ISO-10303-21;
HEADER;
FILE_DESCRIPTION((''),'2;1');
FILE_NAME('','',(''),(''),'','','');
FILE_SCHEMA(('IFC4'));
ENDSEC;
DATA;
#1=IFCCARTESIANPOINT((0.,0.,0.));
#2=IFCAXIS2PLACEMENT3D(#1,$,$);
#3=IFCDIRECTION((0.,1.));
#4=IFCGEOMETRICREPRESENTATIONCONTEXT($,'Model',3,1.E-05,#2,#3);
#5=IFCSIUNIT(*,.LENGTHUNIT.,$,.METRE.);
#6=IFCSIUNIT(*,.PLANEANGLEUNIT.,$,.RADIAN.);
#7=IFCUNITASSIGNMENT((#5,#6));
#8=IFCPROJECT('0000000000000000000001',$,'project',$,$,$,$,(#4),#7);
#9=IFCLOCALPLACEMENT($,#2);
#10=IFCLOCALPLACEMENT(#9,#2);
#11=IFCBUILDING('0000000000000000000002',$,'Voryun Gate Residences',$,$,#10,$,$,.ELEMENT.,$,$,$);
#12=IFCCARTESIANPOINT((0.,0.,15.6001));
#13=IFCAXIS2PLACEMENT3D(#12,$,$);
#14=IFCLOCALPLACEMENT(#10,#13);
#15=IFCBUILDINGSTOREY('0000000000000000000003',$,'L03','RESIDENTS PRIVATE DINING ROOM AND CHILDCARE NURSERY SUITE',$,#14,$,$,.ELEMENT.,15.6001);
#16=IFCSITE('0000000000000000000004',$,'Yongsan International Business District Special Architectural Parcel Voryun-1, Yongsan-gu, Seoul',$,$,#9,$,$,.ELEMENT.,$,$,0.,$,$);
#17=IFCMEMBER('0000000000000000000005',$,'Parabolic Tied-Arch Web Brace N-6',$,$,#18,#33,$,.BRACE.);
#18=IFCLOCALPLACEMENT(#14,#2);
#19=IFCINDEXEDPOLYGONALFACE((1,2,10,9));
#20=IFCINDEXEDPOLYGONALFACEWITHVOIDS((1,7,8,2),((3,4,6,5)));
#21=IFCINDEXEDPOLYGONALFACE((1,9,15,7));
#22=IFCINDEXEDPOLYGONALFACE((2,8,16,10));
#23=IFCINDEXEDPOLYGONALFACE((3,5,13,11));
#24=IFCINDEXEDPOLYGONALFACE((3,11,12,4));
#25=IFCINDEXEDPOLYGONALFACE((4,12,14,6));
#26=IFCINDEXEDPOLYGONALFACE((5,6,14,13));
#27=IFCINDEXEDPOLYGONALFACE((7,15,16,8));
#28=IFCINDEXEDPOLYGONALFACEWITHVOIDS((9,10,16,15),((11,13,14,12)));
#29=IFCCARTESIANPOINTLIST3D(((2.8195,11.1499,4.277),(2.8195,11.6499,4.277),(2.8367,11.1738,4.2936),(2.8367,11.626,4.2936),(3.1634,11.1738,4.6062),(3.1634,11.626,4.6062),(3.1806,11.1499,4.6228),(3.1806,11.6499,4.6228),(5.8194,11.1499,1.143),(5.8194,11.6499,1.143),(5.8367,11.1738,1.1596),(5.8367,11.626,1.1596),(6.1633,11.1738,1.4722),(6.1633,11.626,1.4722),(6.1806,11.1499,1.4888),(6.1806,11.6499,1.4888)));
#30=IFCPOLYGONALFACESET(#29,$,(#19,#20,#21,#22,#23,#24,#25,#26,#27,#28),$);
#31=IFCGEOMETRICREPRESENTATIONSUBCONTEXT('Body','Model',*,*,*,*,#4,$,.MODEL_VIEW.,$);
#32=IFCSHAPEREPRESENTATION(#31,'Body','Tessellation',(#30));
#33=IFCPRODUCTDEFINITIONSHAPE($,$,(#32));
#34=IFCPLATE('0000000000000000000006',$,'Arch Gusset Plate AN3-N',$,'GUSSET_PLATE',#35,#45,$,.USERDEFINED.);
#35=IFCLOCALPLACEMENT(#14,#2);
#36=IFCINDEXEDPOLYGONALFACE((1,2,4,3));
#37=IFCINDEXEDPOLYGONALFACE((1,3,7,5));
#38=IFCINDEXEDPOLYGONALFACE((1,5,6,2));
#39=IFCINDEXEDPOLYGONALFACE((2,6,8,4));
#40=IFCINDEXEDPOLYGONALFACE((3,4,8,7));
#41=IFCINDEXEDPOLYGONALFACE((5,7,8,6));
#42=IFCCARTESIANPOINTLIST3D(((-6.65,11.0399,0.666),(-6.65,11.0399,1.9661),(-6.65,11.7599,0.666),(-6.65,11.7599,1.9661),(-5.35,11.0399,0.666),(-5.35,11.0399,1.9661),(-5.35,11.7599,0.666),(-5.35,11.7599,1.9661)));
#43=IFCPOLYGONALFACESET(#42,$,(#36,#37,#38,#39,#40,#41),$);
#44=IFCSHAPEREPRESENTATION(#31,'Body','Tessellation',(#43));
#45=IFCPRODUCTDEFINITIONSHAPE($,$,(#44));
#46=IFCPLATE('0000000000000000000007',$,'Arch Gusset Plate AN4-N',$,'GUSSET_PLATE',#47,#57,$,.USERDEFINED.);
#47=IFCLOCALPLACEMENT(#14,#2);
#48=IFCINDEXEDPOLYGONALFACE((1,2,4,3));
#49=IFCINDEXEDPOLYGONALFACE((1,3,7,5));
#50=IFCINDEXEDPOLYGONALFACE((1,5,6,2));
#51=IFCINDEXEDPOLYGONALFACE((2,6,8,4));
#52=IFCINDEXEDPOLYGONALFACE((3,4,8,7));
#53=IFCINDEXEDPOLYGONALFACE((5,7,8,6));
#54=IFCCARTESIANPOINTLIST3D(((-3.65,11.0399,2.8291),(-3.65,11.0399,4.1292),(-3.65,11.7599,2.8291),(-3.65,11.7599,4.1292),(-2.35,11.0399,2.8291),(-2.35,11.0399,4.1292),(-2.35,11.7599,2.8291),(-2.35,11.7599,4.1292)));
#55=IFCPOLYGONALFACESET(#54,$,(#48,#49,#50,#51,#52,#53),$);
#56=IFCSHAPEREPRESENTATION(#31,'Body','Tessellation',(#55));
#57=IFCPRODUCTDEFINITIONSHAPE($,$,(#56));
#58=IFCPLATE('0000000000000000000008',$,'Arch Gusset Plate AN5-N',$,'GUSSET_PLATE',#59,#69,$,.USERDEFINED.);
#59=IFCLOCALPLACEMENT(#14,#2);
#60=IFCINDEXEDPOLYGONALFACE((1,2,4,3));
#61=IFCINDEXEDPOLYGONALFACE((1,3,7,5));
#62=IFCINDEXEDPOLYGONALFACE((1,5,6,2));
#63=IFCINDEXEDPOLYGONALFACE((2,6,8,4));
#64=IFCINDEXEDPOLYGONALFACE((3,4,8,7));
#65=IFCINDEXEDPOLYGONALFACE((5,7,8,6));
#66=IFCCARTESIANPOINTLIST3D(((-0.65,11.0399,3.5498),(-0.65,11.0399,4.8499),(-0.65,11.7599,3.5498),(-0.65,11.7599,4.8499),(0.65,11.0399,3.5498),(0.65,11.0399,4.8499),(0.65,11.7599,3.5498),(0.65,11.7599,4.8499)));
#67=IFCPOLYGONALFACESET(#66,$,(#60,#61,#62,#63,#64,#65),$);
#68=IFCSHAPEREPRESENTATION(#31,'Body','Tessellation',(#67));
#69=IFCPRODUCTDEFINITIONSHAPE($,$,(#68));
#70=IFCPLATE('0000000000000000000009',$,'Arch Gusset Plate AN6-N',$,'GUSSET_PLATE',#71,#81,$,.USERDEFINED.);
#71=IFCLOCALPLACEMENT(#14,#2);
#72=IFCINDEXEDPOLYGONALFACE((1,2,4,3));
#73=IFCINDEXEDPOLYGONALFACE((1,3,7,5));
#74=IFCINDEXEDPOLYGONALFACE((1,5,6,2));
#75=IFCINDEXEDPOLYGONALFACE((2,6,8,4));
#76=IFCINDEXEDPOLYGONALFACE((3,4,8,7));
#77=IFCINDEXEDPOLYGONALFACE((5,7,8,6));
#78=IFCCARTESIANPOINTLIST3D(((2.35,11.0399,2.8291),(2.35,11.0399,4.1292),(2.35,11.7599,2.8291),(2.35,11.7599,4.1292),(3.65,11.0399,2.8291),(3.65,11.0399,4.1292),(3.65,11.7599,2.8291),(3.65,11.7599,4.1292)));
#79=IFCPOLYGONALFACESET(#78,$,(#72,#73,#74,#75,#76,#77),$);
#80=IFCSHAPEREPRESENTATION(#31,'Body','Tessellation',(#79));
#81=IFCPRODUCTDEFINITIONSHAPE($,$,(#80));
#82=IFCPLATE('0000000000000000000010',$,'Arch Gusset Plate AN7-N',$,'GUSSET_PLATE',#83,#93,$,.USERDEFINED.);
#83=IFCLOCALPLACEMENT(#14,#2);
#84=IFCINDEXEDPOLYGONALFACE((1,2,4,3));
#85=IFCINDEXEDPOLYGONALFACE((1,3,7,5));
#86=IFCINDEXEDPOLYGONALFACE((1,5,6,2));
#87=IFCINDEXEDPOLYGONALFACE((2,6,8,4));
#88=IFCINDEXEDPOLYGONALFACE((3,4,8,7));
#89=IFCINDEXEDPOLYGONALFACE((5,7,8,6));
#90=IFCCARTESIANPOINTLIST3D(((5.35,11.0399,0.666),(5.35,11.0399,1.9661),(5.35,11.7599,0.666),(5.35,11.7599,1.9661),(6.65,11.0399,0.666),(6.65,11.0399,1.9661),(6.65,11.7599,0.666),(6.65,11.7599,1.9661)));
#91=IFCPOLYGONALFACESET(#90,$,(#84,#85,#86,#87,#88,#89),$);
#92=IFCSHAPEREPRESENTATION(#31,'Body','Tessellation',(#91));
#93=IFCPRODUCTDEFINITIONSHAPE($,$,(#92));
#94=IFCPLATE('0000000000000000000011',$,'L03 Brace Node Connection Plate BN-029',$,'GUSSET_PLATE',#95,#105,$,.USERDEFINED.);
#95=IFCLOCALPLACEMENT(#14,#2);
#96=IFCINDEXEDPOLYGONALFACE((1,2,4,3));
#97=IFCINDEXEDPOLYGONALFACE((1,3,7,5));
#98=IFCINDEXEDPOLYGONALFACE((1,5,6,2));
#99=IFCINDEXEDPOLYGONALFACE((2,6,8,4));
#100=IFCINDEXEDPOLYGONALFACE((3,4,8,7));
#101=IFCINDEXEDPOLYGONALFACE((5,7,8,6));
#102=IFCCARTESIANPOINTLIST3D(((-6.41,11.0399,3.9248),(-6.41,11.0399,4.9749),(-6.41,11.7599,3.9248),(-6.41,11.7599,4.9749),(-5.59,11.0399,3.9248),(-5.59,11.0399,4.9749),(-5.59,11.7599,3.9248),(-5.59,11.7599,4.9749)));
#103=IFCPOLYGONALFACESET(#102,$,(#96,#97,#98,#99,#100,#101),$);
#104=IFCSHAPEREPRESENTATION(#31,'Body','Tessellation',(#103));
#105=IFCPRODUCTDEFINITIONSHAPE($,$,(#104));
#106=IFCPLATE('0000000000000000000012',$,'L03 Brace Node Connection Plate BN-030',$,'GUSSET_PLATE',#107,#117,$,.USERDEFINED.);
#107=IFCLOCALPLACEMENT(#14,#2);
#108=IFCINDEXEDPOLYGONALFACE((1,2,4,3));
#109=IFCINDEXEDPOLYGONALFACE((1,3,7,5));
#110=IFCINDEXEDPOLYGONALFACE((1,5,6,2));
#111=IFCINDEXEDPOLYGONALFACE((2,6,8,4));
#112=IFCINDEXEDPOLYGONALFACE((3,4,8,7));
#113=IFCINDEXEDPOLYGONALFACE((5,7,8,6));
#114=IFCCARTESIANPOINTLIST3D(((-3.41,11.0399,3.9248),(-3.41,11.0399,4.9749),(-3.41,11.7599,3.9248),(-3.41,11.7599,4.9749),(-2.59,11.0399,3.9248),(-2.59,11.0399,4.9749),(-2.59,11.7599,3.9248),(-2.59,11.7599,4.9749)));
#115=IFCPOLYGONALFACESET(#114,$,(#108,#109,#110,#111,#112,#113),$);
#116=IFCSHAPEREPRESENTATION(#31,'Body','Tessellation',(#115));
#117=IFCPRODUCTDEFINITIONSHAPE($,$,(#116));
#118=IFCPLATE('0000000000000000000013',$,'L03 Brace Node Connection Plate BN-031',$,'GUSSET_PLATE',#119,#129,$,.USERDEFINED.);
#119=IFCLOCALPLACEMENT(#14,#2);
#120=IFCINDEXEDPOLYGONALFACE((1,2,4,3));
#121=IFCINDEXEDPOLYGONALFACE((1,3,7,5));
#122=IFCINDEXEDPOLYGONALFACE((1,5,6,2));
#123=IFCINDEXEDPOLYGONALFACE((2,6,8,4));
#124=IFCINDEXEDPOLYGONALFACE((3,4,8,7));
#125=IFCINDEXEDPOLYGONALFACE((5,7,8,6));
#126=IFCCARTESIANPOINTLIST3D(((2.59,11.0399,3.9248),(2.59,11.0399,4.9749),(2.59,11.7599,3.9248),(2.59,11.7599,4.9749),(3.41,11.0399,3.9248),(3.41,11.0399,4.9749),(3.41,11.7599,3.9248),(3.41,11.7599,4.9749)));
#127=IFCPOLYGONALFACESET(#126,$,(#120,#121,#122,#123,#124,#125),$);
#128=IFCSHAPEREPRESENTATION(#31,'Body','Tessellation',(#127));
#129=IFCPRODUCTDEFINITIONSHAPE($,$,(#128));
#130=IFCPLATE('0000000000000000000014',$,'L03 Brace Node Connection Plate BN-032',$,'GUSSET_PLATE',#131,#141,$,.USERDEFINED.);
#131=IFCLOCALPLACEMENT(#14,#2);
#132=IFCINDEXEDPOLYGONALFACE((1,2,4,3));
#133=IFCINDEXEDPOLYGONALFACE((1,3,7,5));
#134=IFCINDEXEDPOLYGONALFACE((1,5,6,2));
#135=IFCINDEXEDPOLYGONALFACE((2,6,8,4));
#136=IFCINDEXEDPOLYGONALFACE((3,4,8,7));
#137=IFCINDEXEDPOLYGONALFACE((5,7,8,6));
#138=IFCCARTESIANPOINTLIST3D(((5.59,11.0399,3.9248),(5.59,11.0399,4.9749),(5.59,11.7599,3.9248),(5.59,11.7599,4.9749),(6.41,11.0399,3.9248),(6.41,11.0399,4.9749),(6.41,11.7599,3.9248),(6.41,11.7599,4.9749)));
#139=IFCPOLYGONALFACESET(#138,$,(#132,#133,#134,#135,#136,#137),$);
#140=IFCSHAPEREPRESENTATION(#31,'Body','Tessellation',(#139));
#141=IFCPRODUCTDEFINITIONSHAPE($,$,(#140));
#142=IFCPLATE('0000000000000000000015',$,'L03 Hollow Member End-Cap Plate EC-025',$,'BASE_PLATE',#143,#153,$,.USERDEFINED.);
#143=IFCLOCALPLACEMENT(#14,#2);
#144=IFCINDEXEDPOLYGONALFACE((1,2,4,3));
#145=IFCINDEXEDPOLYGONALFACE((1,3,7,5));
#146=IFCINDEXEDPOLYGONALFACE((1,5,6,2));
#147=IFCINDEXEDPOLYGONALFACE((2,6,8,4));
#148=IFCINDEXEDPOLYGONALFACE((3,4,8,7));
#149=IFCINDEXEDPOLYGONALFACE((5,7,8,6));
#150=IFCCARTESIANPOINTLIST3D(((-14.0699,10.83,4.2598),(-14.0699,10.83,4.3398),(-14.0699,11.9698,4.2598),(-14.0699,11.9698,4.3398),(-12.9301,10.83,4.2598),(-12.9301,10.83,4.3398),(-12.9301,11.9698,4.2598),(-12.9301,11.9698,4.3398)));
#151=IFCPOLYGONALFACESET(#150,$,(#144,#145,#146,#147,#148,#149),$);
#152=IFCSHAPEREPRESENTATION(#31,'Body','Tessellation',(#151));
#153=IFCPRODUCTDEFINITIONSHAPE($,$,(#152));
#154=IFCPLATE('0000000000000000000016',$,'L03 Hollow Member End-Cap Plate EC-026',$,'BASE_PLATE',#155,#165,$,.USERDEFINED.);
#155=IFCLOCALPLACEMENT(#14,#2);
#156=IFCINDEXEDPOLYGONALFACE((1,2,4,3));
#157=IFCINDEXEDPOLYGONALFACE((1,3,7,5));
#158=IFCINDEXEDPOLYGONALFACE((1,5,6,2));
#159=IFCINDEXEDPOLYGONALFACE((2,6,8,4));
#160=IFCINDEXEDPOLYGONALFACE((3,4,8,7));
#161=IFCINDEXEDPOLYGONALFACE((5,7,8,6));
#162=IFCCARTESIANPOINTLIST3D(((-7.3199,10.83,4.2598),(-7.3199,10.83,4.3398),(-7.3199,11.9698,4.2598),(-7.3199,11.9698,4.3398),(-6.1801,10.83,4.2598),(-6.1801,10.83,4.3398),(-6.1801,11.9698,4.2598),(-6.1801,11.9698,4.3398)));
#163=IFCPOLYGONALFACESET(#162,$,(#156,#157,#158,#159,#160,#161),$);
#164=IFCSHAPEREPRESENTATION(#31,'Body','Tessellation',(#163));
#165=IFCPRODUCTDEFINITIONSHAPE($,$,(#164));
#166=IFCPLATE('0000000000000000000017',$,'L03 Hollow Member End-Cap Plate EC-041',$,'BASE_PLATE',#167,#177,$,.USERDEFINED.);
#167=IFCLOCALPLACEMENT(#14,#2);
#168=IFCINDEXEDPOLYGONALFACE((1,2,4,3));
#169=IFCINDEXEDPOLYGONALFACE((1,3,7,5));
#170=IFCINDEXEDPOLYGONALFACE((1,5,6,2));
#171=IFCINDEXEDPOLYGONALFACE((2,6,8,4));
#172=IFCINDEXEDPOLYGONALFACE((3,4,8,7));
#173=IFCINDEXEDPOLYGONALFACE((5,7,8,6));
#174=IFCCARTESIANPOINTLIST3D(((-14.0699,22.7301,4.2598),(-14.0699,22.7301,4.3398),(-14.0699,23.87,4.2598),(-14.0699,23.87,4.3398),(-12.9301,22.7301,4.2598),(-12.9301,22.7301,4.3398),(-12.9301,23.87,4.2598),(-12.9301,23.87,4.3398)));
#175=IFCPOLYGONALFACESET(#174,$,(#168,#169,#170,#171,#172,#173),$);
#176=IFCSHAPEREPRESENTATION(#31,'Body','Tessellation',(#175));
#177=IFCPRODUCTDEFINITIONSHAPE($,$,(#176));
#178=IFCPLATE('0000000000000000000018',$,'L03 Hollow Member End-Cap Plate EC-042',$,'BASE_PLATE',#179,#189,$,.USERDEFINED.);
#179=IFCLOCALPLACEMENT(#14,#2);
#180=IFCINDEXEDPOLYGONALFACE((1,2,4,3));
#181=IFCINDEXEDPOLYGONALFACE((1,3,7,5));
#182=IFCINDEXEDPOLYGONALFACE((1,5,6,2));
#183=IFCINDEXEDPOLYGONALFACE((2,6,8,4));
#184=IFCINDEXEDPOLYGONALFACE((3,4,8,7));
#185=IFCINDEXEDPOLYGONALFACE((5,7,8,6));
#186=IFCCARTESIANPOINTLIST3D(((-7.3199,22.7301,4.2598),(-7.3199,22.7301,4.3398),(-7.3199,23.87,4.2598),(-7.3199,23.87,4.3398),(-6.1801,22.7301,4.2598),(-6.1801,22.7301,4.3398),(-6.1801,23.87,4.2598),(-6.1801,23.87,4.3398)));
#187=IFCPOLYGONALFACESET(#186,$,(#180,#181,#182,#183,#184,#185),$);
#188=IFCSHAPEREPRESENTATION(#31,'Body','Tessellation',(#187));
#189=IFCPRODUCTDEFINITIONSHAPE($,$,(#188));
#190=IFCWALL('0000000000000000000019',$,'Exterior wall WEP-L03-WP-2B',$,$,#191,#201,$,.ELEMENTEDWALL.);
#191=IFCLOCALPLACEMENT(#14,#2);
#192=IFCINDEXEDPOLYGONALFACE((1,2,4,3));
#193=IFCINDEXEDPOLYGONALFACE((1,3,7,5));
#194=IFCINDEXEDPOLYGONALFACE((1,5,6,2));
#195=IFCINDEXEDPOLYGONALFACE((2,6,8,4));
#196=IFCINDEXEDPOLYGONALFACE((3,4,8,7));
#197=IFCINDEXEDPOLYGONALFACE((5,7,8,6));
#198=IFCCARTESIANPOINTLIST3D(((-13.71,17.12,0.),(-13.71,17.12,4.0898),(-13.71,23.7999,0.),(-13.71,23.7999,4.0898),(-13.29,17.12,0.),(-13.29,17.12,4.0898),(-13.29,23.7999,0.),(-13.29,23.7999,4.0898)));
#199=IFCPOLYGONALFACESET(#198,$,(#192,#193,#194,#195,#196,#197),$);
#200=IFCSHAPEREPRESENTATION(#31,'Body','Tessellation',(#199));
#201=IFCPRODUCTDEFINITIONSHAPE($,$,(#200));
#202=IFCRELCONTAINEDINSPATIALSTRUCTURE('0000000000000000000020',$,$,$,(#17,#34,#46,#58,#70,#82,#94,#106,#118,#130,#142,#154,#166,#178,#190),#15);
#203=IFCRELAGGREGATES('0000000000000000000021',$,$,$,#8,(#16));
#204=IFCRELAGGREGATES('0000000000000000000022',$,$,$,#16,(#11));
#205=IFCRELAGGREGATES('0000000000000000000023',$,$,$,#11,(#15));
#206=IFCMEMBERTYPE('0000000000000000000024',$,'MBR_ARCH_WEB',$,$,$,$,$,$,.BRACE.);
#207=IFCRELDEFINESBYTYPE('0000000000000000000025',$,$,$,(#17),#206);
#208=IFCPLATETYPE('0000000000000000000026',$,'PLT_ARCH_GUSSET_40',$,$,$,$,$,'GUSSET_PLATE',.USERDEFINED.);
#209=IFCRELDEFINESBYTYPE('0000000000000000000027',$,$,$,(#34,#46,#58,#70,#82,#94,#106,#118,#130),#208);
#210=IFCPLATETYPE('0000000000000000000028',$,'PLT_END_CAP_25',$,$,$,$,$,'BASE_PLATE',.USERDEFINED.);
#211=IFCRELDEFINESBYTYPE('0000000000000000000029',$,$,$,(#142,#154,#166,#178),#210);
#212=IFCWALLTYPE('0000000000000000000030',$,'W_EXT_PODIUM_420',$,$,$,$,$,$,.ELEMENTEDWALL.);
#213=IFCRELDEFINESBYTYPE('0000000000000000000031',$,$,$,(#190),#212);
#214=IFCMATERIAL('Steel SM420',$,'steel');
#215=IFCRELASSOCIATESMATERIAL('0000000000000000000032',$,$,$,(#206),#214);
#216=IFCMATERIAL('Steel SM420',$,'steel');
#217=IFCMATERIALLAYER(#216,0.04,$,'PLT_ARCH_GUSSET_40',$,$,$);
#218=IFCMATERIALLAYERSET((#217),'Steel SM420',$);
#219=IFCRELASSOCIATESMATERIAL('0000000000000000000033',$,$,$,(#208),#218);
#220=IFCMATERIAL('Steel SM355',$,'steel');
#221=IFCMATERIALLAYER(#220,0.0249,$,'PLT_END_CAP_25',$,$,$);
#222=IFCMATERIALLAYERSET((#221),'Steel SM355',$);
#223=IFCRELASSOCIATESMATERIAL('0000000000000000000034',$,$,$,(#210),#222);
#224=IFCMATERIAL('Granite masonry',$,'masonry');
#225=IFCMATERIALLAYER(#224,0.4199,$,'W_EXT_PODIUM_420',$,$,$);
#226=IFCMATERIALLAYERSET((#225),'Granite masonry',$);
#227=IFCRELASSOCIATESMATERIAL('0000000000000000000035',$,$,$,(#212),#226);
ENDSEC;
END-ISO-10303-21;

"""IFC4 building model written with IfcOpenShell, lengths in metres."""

from ifc_helpers import new_model, si_unit, direction, frame, frame_2d, origin, origin_2d, place, context, subcontext, project, spatial, rectangle, hollow_rectangle, extrude, material, layer, layer_set, material_profile, profile_set, type_object, element, save


model = new_model("IFC4")

# Units and contexts
model_context = context("Model", 3, precision=1e-05, world=origin(), true_north=direction((0.0, 1.0)))
body_context = subcontext(model_context, "Body", "Model", "MODEL_VIEW")
ifc_project = project(units=[si_unit("LENGTHUNIT", "METRE"), si_unit("PLANEANGLEUNIT", "RADIAN")], contexts=[model_context])

# Site, building, storey
site_placement = place(None, origin())
site = spatial("IfcSite", under=ifc_project, at=site_placement, Name="Yongsan International Business District Special Architectural Parcel Voryun-1, Yongsan-gu, Seoul", CompositionType="ELEMENT", RefElevation=0.0)
building_placement = place(site_placement, origin())
building = spatial("IfcBuilding", under=site, at=building_placement, Name="Voryun Gate Residences", CompositionType="ELEMENT")
storey_placement = place(building_placement, frame((0.0, 0.0, 15.6001)))
storey = spatial("IfcBuildingStorey", under=building, at=storey_placement, Name="L03", Description="RESIDENTS PRIVATE DINING ROOM AND CHILDCARE NURSERY SUITE", CompositionType="ELEMENT", Elevation=15.6001)

# Member
ifc_material_1 = material(Name="Steel SM420", Category="steel")
ifc_material_profile_1 = material_profile(ifc_material_1, hollow_rectangle(XDim=0.5, YDim=0.5, WallThickness=0.0239, at=origin_2d()), Name="BOX-500x500x24")
ifc_profile_set_1 = profile_set([ifc_material_profile_1], Name="Steel SM420")
member_type = type_object("IfcMemberType", Name="MBR_ARCH_WEB", PredefinedType="BRACE", material=ifc_profile_set_1)
member_1_placement = place(storey_placement, frame((6.0, 11.3999, 1.3159), z_axis=(-0.691491, 0.0, 0.722385), x_axis=(0.0, -1.0, 0.0)))
element("IfcMember", 1, at=member_1_placement, inside=storey, type_object=member_type, Name="Parabolic Tied-Arch Web Brace N-6", PredefinedType="BRACE", context=body_context, shape_type="SweptSolid", body=[
    extrude(hollow_rectangle(XDim=0.5, YDim=0.5, WallThickness=0.0239, at=origin_2d()), origin(), (0.0, 0.0, 1.0), 4.3384),
])

# Plates
ifc_material_2 = material(Name="Steel SM420", Category="steel")
ifc_layer_1 = layer(ifc_material_2, 0.04, Name="PLT_ARCH_GUSSET_40")
ifc_layer_set_1 = layer_set([ifc_layer_1], Name="Steel SM420")
plate_type_1 = type_object("IfcPlateType", Name="PLT_ARCH_GUSSET_40", ElementType="GUSSET_PLATE", PredefinedType="USERDEFINED", material=ifc_layer_set_1)
for number, where, z_axis, x_axis, name in (
    (2, (-6.0, 11.3999, 0.666), (0.0, 0.0, 1.0), (1.0, 0.0, 0.0), "Arch Gusset Plate AN3-N"),
    (3, (-3.0, 11.3999, 2.8291), (0.0, 0.0, 1.0), (1.0, 0.0, 0.0), "Arch Gusset Plate AN4-N"),
    (4, (0.0, 11.3999, 3.5498), (0.0, 0.0, 1.0), (1.0, 0.0, 0.0), "Arch Gusset Plate AN5-N"),
    (5, (3.0, 11.3999, 2.8291), (0.0, 0.0, 1.0), (1.0, 0.0, 0.0), "Arch Gusset Plate AN6-N"),
    (6, (6.0, 11.3999, 0.666), (0.0, 0.0, 1.0), (1.0, 0.0, 0.0), "Arch Gusset Plate AN7-N"),
):
    element("IfcPlate", number, at=place(storey_placement, frame(where, z_axis=z_axis, x_axis=x_axis)), inside=storey, type_object=plate_type_1, Name=name, ObjectType="GUSSET_PLATE", PredefinedType="USERDEFINED", context=body_context, shape_type="SweptSolid", body=[
        extrude(rectangle(XDim=1.3, YDim=0.72, at=origin_2d()), origin(), (0.0, 0.0, 1.0), 1.3),
    ])
for number, where, z_axis, x_axis, name in (
    (7, (-6.0, 11.3999, 3.9248), (0.0, 0.0, 1.0), (1.0, 0.0, 0.0), "L03 Brace Node Connection Plate BN-029"),
    (8, (-3.0, 11.3999, 3.9248), (0.0, 0.0, 1.0), (1.0, 0.0, 0.0), "L03 Brace Node Connection Plate BN-030"),
    (9, (3.0, 11.3999, 3.9248), (0.0, 0.0, 1.0), (1.0, 0.0, 0.0), "L03 Brace Node Connection Plate BN-031"),
    (10, (6.0, 11.3999, 3.9248), (0.0, 0.0, 1.0), (1.0, 0.0, 0.0), "L03 Brace Node Connection Plate BN-032"),
):
    element("IfcPlate", number, at=place(storey_placement, frame(where, z_axis=z_axis, x_axis=x_axis)), inside=storey, type_object=plate_type_1, Name=name, ObjectType="GUSSET_PLATE", PredefinedType="USERDEFINED", context=body_context, shape_type="SweptSolid", body=[
        extrude(rectangle(XDim=0.8201, YDim=0.72, at=origin_2d()), origin(), (0.0, 0.0, 1.0), 1.05),
    ])
ifc_material_3 = material(Name="Steel SM355", Category="steel")
ifc_layer_2 = layer(ifc_material_3, 0.0249, Name="PLT_END_CAP_25")
ifc_layer_set_2 = layer_set([ifc_layer_2], Name="Steel SM355")
plate_type_2 = type_object("IfcPlateType", Name="PLT_END_CAP_25", ElementType="BASE_PLATE", PredefinedType="USERDEFINED", material=ifc_layer_set_2)
for number, where, z_axis, x_axis, name in (
    (11, (-13.5, 11.3999, 4.2598), (0.0, 0.0, 1.0), (1.0, 0.0, 0.0), "L03 Hollow Member End-Cap Plate EC-025"),
    (12, (-6.75, 11.3999, 4.2598), (0.0, 0.0, 1.0), (1.0, 0.0, 0.0), "L03 Hollow Member End-Cap Plate EC-026"),
    (13, (-13.5, 23.3, 4.2598), (0.0, 0.0, 1.0), (1.0, 0.0, 0.0), "L03 Hollow Member End-Cap Plate EC-041"),
    (14, (-6.75, 23.3, 4.2598), (0.0, 0.0, 1.0), (1.0, 0.0, 0.0), "L03 Hollow Member End-Cap Plate EC-042"),
):
    element("IfcPlate", number, at=place(storey_placement, frame(where, z_axis=z_axis, x_axis=x_axis)), inside=storey, type_object=plate_type_2, Name=name, ObjectType="BASE_PLATE", PredefinedType="USERDEFINED", context=body_context, shape_type="SweptSolid", body=[
        extrude(rectangle(XDim=1.1399, YDim=1.1399, at=origin_2d()), origin(), (0.0, 0.0, 1.0), 0.0801),
    ])

# Wall
ifc_material_4 = material(Name="Granite masonry", Category="masonry")
ifc_layer_3 = layer(ifc_material_4, 0.4199, Name="W_EXT_PODIUM_420")
ifc_layer_set_3 = layer_set([ifc_layer_3], Name="Granite masonry")
wall_type = type_object("IfcWallType", Name="W_EXT_PODIUM_420", PredefinedType="ELEMENTEDWALL", material=ifc_layer_set_3)
wall_1_placement = place(storey_placement, frame((-13.5, 17.1201, 0.0), z_axis=(0.0, 0.0, 1.0), x_axis=(0.0, 1.0, 0.0)))
element("IfcWall", 15, at=wall_1_placement, inside=storey, type_object=wall_type, Name="Exterior wall WEP-L03-WP-2B", PredefinedType="ELEMENTEDWALL", context=body_context, shape_type="SweptSolid", body=[
    extrude(rectangle(XDim=6.6799, YDim=0.4199, at=frame_2d((3.3398, 0.0))), origin(), (0.0, 0.0, 1.0), 4.0898),
])

save(model, "model.ifc")
